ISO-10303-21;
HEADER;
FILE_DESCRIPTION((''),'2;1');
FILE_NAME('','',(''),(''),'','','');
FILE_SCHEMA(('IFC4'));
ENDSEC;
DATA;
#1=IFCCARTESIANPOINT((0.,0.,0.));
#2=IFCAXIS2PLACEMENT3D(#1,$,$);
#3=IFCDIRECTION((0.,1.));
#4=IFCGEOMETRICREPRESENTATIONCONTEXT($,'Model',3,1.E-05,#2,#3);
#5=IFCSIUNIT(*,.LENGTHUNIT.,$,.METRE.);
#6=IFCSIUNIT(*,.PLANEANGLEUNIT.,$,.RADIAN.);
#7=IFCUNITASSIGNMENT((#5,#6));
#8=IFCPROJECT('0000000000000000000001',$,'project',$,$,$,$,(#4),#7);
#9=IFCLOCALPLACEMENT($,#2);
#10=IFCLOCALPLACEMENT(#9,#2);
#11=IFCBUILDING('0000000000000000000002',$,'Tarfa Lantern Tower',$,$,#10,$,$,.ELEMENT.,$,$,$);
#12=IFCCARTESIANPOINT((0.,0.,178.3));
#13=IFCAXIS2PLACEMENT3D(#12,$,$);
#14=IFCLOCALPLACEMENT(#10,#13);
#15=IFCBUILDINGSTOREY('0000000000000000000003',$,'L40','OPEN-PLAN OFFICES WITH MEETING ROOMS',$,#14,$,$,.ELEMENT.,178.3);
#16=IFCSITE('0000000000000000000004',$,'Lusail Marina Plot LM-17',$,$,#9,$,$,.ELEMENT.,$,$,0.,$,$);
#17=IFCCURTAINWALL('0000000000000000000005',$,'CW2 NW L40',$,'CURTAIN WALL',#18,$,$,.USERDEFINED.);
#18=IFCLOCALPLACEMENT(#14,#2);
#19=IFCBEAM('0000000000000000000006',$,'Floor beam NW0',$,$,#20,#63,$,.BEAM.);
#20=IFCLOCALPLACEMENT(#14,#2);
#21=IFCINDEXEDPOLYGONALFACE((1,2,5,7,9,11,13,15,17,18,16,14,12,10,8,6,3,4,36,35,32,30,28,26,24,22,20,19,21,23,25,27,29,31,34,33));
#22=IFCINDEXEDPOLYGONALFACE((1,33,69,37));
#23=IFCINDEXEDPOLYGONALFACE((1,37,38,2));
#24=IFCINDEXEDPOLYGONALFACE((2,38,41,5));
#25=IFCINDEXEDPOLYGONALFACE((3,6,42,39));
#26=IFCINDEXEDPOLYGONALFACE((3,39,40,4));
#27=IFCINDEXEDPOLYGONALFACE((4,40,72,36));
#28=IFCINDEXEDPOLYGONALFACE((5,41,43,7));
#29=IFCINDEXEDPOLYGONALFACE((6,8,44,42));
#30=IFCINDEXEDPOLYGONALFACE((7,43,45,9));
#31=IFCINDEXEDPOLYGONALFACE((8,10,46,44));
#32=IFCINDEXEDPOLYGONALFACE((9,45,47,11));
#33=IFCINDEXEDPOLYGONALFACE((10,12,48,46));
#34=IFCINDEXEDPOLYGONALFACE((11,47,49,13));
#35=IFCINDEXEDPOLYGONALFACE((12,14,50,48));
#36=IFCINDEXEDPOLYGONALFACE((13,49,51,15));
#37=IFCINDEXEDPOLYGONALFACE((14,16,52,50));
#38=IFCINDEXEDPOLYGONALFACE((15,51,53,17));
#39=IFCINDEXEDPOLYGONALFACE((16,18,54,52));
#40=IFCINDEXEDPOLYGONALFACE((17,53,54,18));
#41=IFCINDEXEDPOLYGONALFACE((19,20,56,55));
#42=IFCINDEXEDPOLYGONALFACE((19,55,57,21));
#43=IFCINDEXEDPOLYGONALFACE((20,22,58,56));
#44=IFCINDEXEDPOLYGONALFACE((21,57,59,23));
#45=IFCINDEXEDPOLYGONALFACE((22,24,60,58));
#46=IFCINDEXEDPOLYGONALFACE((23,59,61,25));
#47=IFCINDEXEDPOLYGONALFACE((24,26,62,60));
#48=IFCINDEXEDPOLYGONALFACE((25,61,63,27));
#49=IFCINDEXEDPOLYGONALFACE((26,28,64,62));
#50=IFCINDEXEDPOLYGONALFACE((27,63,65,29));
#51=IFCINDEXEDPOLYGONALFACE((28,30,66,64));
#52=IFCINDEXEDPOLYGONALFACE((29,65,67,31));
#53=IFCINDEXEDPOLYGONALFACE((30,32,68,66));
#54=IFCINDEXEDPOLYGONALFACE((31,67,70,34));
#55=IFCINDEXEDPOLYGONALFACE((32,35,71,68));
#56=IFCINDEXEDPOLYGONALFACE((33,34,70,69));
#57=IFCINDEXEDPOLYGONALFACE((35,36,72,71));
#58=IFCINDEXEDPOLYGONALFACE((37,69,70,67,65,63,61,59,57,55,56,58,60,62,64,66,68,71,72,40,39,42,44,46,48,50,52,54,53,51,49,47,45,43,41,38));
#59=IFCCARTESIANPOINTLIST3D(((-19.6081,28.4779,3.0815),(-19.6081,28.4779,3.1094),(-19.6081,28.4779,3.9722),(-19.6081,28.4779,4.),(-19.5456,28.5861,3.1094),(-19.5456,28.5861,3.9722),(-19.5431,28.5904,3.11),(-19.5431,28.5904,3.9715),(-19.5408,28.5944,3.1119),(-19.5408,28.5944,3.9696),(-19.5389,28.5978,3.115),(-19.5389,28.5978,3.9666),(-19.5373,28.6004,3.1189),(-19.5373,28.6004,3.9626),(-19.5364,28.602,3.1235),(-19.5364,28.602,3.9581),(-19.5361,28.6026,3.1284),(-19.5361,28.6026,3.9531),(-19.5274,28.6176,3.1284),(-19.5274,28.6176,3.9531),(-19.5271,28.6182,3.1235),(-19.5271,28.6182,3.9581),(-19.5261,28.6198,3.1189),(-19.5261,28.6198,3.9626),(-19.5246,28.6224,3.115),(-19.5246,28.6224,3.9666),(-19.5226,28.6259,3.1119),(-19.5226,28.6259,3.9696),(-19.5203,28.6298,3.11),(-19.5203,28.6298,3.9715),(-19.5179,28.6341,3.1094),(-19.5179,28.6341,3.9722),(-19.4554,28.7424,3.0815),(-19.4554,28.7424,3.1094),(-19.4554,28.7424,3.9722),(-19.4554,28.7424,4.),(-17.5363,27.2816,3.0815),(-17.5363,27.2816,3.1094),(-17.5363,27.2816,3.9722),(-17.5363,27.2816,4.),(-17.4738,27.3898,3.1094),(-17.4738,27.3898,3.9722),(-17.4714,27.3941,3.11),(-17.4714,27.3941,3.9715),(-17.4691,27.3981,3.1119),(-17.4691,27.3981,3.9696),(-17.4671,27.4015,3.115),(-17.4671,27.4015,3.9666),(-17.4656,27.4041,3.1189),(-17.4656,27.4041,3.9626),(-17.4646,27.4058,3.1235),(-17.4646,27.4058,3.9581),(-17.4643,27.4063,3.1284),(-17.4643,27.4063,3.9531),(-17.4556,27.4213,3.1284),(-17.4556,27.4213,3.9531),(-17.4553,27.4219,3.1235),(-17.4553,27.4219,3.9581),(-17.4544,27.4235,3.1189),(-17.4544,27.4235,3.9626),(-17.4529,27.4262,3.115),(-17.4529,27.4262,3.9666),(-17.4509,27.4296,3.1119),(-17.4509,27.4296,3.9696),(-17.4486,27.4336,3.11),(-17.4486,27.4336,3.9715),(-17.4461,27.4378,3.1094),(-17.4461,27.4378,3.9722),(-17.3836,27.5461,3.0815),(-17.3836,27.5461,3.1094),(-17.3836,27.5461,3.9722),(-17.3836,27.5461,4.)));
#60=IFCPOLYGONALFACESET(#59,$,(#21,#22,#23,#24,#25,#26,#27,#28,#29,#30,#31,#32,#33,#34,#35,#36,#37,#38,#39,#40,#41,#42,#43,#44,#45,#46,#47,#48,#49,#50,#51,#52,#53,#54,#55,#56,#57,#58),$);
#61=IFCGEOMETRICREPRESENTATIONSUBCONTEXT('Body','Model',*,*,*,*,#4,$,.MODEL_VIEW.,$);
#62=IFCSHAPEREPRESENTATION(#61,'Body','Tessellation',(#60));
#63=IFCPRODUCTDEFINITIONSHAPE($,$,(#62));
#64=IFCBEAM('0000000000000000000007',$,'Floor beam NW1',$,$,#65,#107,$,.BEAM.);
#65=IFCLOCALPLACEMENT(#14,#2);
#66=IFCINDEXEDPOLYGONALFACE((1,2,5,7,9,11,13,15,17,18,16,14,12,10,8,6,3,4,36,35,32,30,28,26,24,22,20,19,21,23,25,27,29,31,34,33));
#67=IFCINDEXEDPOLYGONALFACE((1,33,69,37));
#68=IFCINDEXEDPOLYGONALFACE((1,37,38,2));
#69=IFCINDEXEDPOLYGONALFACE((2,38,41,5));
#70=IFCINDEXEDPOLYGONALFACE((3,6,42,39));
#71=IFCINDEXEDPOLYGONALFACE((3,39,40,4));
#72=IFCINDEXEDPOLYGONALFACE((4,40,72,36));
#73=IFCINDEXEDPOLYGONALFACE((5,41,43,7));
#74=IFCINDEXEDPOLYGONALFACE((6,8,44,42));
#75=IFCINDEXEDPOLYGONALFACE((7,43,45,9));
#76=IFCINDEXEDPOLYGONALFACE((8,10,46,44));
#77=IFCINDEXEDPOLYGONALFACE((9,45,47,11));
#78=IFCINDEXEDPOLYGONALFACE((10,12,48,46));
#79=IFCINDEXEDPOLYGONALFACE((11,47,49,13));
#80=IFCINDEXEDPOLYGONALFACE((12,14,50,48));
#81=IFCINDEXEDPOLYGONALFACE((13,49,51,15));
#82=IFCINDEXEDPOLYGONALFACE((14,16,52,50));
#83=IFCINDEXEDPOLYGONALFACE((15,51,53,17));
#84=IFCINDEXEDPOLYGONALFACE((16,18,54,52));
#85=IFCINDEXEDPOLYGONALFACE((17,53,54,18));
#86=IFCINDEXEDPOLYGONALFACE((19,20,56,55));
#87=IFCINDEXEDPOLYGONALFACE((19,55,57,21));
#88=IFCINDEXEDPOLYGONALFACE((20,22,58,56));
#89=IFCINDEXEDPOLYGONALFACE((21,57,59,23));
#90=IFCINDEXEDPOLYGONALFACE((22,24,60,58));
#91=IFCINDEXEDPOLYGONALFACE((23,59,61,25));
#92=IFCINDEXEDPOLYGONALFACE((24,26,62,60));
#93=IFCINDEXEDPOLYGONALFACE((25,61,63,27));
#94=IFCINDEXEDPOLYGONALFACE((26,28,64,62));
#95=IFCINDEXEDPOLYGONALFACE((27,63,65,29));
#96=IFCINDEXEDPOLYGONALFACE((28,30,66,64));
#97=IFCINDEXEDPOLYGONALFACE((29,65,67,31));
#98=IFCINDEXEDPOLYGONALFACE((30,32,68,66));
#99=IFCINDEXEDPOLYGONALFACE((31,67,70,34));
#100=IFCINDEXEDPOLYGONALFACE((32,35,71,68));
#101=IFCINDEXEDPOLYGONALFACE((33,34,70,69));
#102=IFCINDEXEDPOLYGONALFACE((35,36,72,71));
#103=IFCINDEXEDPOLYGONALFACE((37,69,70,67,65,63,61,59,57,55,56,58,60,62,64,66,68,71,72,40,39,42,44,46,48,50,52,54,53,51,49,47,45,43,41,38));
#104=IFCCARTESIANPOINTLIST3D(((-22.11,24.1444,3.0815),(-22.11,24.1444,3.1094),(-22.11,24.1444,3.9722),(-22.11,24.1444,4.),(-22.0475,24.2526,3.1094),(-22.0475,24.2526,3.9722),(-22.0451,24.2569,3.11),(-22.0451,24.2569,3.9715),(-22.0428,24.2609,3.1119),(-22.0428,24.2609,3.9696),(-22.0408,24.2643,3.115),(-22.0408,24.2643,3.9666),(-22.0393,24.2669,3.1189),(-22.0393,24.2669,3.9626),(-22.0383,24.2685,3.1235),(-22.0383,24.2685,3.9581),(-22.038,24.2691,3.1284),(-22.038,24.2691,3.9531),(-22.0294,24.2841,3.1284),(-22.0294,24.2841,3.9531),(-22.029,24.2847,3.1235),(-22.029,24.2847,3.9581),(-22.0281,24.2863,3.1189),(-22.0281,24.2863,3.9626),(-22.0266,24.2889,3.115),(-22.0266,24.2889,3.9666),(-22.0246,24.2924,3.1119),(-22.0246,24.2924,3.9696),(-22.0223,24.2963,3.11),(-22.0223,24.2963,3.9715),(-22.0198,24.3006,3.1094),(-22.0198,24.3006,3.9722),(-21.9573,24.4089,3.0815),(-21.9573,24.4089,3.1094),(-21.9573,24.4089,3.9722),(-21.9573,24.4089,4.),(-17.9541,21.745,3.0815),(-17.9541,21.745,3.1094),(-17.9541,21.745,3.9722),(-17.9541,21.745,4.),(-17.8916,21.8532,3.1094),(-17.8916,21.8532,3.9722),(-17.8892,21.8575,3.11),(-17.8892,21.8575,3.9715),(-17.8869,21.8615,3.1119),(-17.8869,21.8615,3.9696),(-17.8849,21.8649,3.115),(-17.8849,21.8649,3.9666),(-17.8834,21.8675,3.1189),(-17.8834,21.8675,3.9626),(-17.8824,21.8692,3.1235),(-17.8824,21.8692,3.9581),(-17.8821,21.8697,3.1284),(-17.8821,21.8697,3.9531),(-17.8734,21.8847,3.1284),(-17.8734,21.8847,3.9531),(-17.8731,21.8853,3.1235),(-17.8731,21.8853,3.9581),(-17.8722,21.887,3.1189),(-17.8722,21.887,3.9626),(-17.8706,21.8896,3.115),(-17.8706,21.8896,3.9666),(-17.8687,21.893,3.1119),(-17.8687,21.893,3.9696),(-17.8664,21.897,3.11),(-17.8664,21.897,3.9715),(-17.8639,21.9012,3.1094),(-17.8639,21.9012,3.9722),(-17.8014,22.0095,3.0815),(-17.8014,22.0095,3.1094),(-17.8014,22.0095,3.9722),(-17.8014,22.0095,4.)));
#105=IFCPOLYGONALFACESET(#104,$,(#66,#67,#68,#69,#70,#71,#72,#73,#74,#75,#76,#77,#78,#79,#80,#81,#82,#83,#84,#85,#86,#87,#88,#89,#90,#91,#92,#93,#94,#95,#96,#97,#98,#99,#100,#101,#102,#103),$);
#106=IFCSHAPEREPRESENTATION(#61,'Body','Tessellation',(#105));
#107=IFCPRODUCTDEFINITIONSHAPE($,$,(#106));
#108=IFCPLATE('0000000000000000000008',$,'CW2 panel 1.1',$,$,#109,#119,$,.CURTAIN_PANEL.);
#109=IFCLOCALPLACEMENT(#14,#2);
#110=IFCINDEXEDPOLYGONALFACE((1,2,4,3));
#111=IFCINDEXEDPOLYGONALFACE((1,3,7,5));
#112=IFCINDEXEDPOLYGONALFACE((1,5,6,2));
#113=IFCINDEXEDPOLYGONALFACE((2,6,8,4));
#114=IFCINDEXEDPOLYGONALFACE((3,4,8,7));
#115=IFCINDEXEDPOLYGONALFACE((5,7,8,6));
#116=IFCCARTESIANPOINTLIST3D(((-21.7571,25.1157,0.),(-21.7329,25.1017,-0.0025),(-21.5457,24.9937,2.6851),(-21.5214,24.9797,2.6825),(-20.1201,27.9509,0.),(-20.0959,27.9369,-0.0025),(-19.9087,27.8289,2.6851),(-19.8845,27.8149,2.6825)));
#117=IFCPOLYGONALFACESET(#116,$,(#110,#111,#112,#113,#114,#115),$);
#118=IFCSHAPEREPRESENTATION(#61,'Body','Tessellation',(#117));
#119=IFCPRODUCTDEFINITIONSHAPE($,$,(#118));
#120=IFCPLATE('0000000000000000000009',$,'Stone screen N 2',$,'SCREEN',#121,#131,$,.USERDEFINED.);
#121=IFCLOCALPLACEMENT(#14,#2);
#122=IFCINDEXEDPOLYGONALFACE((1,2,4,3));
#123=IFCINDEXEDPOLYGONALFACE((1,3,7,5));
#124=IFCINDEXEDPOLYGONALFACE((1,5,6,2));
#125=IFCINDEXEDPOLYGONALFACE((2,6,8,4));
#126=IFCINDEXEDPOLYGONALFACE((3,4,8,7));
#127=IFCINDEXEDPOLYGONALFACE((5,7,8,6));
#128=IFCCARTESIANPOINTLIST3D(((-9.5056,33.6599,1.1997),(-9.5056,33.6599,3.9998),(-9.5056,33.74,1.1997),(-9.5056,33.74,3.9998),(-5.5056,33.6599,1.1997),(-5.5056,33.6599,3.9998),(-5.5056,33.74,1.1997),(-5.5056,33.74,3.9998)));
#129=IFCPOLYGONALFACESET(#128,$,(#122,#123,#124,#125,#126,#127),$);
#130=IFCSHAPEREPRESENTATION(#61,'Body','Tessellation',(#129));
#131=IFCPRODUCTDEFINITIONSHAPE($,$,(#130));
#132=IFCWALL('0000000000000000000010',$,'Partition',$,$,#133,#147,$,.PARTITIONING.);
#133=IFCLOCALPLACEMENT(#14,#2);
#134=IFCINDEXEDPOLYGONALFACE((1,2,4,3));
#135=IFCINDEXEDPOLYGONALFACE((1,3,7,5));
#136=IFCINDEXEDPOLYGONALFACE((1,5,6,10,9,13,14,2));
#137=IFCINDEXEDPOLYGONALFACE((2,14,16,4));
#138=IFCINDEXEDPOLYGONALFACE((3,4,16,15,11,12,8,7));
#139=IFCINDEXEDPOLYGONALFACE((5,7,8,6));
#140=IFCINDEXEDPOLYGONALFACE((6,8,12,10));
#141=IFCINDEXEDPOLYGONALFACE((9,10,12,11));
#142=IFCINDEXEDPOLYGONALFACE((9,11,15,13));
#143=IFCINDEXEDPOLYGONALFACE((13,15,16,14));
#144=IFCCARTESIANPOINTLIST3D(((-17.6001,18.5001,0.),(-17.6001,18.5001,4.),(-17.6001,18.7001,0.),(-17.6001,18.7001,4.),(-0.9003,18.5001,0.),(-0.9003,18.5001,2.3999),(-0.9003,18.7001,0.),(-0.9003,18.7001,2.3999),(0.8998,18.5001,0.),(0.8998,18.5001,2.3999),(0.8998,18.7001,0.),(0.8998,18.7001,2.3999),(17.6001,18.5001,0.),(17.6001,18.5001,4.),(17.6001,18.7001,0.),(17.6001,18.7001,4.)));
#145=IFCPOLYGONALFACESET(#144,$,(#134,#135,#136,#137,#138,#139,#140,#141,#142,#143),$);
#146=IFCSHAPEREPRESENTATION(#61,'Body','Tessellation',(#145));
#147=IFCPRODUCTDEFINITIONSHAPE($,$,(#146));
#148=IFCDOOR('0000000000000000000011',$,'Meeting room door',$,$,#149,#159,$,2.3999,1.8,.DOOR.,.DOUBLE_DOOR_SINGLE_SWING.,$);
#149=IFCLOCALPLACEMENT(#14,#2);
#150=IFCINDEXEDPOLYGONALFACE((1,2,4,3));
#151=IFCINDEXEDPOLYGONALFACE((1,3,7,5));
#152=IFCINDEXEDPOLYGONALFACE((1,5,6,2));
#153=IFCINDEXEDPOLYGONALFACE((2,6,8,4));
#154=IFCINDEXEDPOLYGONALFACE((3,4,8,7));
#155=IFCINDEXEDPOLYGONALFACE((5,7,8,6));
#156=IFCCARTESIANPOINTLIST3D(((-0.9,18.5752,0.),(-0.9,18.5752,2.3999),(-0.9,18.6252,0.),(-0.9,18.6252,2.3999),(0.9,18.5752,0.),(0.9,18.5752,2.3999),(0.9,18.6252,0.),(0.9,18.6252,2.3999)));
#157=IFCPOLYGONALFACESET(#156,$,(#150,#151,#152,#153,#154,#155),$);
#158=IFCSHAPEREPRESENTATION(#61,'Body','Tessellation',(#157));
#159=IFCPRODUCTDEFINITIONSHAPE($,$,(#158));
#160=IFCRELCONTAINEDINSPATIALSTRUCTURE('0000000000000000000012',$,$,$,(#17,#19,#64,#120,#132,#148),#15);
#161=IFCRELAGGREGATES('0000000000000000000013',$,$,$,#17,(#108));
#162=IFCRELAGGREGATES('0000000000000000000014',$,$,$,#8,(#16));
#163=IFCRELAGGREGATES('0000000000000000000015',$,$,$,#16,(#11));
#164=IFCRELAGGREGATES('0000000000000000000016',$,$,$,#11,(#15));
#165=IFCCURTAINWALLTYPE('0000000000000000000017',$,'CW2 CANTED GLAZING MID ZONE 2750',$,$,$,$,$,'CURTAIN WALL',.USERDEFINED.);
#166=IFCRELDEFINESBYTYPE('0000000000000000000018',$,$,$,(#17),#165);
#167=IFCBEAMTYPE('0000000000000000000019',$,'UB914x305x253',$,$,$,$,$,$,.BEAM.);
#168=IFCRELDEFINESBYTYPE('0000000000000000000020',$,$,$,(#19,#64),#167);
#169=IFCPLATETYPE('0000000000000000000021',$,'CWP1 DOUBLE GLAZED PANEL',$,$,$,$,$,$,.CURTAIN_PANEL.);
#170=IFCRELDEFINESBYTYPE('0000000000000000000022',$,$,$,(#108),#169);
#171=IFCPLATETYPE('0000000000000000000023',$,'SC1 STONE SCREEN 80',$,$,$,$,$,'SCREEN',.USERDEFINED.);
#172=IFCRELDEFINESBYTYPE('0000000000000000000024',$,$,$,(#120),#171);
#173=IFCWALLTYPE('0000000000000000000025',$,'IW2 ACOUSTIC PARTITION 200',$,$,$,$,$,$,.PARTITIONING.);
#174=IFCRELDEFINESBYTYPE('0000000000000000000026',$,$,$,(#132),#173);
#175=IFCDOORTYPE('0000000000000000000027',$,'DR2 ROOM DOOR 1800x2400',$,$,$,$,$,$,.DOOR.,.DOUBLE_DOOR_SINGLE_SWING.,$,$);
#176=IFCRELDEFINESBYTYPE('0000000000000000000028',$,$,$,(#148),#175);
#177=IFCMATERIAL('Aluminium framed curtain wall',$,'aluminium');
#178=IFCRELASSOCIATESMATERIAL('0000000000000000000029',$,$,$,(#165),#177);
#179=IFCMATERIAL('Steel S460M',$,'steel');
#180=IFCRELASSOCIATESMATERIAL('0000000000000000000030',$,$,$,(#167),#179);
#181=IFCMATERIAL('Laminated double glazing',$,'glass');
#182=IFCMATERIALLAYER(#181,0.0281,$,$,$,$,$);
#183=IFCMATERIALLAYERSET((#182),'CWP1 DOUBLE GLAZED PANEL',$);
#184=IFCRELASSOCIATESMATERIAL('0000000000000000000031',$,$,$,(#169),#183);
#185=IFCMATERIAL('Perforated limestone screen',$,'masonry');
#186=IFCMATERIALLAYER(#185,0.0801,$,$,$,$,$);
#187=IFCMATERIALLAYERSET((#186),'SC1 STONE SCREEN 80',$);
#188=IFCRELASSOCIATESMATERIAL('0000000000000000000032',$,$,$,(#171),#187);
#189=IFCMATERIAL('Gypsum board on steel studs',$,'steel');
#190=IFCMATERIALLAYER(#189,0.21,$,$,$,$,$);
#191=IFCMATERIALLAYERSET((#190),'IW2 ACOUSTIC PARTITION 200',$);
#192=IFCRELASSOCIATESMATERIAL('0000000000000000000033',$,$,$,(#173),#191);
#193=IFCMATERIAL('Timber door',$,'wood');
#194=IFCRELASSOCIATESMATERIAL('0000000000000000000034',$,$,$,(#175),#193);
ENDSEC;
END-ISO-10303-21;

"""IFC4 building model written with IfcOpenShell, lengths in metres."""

from ifc_helpers import new_model, si_unit, direction, frame, frame_2d, origin, origin_2d, place, context, subcontext, project, spatial, polyline, rectangle, i_section, outline, extrude, material, layer, layer_set, material_profile, profile_set, type_object, element, fill, aggregate, save


model = new_model("IFC4")

# Units and contexts
model_context = context("Model", 3, precision=1e-05, world=origin(), true_north=direction((0.0, 1.0)))
body_context = subcontext(model_context, "Body", "Model", "MODEL_VIEW")
ifc_project = project(units=[si_unit("LENGTHUNIT", "METRE"), si_unit("PLANEANGLEUNIT", "RADIAN")], contexts=[model_context])

# Site, building, storey
site_placement = place(None, origin())
site = spatial("IfcSite", under=ifc_project, at=site_placement, Name="Lusail Marina Plot LM-17", CompositionType="ELEMENT", RefElevation=0.0)
building_placement = place(site_placement, origin())
building = spatial("IfcBuilding", under=site, at=building_placement, Name="Tarfa Lantern Tower", CompositionType="ELEMENT")
storey_placement = place(building_placement, frame((0.0, 0.0, 178.3)))
storey = spatial("IfcBuildingStorey", under=building, at=storey_placement, Name="L40", Description="OPEN-PLAN OFFICES WITH MEETING ROOMS", CompositionType="ELEMENT", Elevation=178.3)

# Curtain wall
ifc_material_1 = material(Name="Aluminium framed curtain wall", Category="aluminium")
curtain_wall_type = type_object("IfcCurtainWallType", Name="CW2 CANTED GLAZING MID ZONE 2750", ElementType="CURTAIN WALL", PredefinedType="USERDEFINED", material=ifc_material_1)
curtain_wall_placement = place(storey_placement, origin())
curtain_wall = element("IfcCurtainWall", 1, at=curtain_wall_placement, inside=storey, type_object=curtain_wall_type, Name="CW2 NW L40", ObjectType="CURTAIN WALL", PredefinedType="USERDEFINED")

# Beams
ifc_material_2 = material(Name="Steel S460M", Category="steel")
ifc_material_profile_1 = material_profile(ifc_material_2, i_section(OverallWidth=0.3054, OverallDepth=0.9185, WebThickness=0.0173, FlangeThickness=0.0278, FilletRadius=0.019, at=origin_2d()), Name="UB914x305x253")
ifc_profile_set_1 = profile_set([ifc_material_profile_1], Name="Steel S460M")
beam_type_1 = type_object("IfcBeamType", Name="UB914x305x253", PredefinedType="BEAM", material=ifc_profile_set_1)
beam_1_placement = place(storey_placement, frame((-19.5317, 28.6101, 3.5408), z_axis=(0.865999, -0.500046, 0.0), x_axis=(0.500046, 0.865999, 0.0)))
element("IfcBeam", 2, at=beam_1_placement, inside=storey, type_object=beam_type_1, Name="Floor beam NW0", PredefinedType="BEAM", context=body_context, shape_type="SweptSolid", body=[
    extrude(i_section(OverallWidth=0.3054, OverallDepth=0.9185, WebThickness=0.0173, FlangeThickness=0.0278, FilletRadius=0.019, at=origin_2d()), origin(), (0.0, 0.0, 1.0), 2.3923),
])
beam_2_placement = place(storey_placement, frame((-22.0337, 24.2766, 3.5408), z_axis=(0.866031, -0.499991, 0.0), x_axis=(0.499991, 0.866031, 0.0)))
element("IfcBeam", 3, at=beam_2_placement, inside=storey, type_object=beam_type_1, Name="Floor beam NW1", PredefinedType="BEAM", context=body_context, shape_type="SweptSolid", body=[
    extrude(i_section(OverallWidth=0.3054, OverallDepth=0.9185, WebThickness=0.0173, FlangeThickness=0.0278, FilletRadius=0.019, at=origin_2d()), origin(), (0.0, 0.0, 1.0), 4.7988),
])

# Plates
ifc_material_3 = material(Name="Laminated double glazing", Category="glass")
ifc_layer_1 = layer(ifc_material_3, 0.0281)
ifc_layer_set_1 = layer_set([ifc_layer_1], Name="CWP1 DOUBLE GLAZED PANEL")
plate_type_1 = type_object("IfcPlateType", Name="CWP1 DOUBLE GLAZED PANEL", PredefinedType="CURTAIN_PANEL", material=ifc_layer_set_1)
plate_1_placement = place(storey_placement, frame((-20.1201, 27.9509, 0.0), z_axis=(-0.86246, 0.497959, 0.09055), x_axis=(-0.500013, -0.866018, 0.0)))
plate_1 = element("IfcPlate", 4, at=plate_1_placement, type_object=plate_type_1, Name="CW2 panel 1.1", PredefinedType="CURTAIN_PANEL", context=body_context, shape_type="SweptSolid", body=[
    extrude(outline(polyline([(0.0, 0.0), (3.2738, 0.0), (3.2738, 2.6961), (0.0, 2.6961), (0.0, 0.0)])), origin(), (0.0, 0.0, -1.0), 0.0281),
])
aggregate(curtain_wall, [plate_1])
ifc_material_4 = material(Name="Perforated limestone screen", Category="masonry")
ifc_layer_2 = layer(ifc_material_4, 0.0801)
ifc_layer_set_2 = layer_set([ifc_layer_2], Name="SC1 STONE SCREEN 80")
plate_type_2 = type_object("IfcPlateType", Name="SC1 STONE SCREEN 80", ElementType="SCREEN", PredefinedType="USERDEFINED", material=ifc_layer_set_2)
plate_2_placement = place(storey_placement, frame((-7.5056, 33.7, 1.1997), z_axis=(0.0, 0.0, 1.0), x_axis=(-1.0, 0.0, 0.0)))
element("IfcPlate", 5, at=plate_2_placement, inside=storey, type_object=plate_type_2, Name="Stone screen N 2", ObjectType="SCREEN", PredefinedType="USERDEFINED", context=body_context, shape_type="SweptSolid", body=[
    extrude(rectangle(XDim=4.0, YDim=0.0801, at=origin_2d()), origin(), (0.0, 0.0, 1.0), 2.8),
])

# Wall, opening, door
ifc_material_5 = material(Name="Gypsum board on steel studs", Category="steel")
ifc_layer_3 = layer(ifc_material_5, 0.21)
ifc_layer_set_3 = layer_set([ifc_layer_3], Name="IW2 ACOUSTIC PARTITION 200")
wall_type = type_object("IfcWallType", Name="IW2 ACOUSTIC PARTITION 200", PredefinedType="PARTITIONING", material=ifc_layer_set_3)
wall_placement = place(storey_placement, frame((-17.6001, 18.6001, 0.0), z_axis=(0.0, 0.0, 1.0), x_axis=(1.0, 0.0, 0.0)))
wall = element("IfcWall", 6, at=wall_placement, inside=storey, type_object=wall_type, Name="Partition", PredefinedType="PARTITIONING", context=body_context, shape_type="SweptSolid", body=[
    extrude(rectangle(XDim=35.2002, YDim=0.2, at=frame_2d((17.6001, 0.0))), origin(), (0.0, 0.0, 1.0), 4.0),
])
opening_placement = place(wall_placement, frame((16.7, 0.0, 0.0)))
opening = element("IfcOpeningElement", 7, at=opening_placement, cuts=wall, PredefinedType="OPENING", context=body_context, shape_type="SweptSolid", body=[
    extrude(rectangle(XDim=1.8, YDim=2.3999, at=frame_2d((0.8999, 1.2))), frame((0.0, 0.1099, 0.0), z_axis=(0.0, -1.0, 0.0), x_axis=(1.0, 0.0, 0.0)), (0.0, 0.0, 1.0), 0.22),
])
ifc_material_6 = material(Name="Timber door", Category="wood")
door_type = type_object("IfcDoorType", Name="DR2 ROOM DOOR 1800x2400", OperationType="DOUBLE_DOOR_SINGLE_SWING", PredefinedType="DOOR", material=ifc_material_6)
door_placement = place(opening_placement, frame((1.8, 0.0, 0.0), z_axis=(0.0, 0.0, 1.0), x_axis=(-1.0, 0.0, 0.0)))
door = element("IfcDoor", 8, at=door_placement, inside=storey, type_object=door_type, Name="Meeting room door", OperationType="DOUBLE_DOOR_SINGLE_SWING", OverallHeight=2.3999, OverallWidth=1.8, PredefinedType="DOOR", context=body_context, shape_type="SweptSolid", body=[
    extrude(rectangle(XDim=1.8, YDim=2.3999, at=frame_2d((0.8999, 1.2))), frame((0.0, 0.0249, 0.0), z_axis=(0.0, -1.0, 0.0), x_axis=(1.0, 0.0, 0.0)), (0.0, 0.0, 1.0), 0.05),
])
fill(opening, door)

save(model, "model.ifc")
